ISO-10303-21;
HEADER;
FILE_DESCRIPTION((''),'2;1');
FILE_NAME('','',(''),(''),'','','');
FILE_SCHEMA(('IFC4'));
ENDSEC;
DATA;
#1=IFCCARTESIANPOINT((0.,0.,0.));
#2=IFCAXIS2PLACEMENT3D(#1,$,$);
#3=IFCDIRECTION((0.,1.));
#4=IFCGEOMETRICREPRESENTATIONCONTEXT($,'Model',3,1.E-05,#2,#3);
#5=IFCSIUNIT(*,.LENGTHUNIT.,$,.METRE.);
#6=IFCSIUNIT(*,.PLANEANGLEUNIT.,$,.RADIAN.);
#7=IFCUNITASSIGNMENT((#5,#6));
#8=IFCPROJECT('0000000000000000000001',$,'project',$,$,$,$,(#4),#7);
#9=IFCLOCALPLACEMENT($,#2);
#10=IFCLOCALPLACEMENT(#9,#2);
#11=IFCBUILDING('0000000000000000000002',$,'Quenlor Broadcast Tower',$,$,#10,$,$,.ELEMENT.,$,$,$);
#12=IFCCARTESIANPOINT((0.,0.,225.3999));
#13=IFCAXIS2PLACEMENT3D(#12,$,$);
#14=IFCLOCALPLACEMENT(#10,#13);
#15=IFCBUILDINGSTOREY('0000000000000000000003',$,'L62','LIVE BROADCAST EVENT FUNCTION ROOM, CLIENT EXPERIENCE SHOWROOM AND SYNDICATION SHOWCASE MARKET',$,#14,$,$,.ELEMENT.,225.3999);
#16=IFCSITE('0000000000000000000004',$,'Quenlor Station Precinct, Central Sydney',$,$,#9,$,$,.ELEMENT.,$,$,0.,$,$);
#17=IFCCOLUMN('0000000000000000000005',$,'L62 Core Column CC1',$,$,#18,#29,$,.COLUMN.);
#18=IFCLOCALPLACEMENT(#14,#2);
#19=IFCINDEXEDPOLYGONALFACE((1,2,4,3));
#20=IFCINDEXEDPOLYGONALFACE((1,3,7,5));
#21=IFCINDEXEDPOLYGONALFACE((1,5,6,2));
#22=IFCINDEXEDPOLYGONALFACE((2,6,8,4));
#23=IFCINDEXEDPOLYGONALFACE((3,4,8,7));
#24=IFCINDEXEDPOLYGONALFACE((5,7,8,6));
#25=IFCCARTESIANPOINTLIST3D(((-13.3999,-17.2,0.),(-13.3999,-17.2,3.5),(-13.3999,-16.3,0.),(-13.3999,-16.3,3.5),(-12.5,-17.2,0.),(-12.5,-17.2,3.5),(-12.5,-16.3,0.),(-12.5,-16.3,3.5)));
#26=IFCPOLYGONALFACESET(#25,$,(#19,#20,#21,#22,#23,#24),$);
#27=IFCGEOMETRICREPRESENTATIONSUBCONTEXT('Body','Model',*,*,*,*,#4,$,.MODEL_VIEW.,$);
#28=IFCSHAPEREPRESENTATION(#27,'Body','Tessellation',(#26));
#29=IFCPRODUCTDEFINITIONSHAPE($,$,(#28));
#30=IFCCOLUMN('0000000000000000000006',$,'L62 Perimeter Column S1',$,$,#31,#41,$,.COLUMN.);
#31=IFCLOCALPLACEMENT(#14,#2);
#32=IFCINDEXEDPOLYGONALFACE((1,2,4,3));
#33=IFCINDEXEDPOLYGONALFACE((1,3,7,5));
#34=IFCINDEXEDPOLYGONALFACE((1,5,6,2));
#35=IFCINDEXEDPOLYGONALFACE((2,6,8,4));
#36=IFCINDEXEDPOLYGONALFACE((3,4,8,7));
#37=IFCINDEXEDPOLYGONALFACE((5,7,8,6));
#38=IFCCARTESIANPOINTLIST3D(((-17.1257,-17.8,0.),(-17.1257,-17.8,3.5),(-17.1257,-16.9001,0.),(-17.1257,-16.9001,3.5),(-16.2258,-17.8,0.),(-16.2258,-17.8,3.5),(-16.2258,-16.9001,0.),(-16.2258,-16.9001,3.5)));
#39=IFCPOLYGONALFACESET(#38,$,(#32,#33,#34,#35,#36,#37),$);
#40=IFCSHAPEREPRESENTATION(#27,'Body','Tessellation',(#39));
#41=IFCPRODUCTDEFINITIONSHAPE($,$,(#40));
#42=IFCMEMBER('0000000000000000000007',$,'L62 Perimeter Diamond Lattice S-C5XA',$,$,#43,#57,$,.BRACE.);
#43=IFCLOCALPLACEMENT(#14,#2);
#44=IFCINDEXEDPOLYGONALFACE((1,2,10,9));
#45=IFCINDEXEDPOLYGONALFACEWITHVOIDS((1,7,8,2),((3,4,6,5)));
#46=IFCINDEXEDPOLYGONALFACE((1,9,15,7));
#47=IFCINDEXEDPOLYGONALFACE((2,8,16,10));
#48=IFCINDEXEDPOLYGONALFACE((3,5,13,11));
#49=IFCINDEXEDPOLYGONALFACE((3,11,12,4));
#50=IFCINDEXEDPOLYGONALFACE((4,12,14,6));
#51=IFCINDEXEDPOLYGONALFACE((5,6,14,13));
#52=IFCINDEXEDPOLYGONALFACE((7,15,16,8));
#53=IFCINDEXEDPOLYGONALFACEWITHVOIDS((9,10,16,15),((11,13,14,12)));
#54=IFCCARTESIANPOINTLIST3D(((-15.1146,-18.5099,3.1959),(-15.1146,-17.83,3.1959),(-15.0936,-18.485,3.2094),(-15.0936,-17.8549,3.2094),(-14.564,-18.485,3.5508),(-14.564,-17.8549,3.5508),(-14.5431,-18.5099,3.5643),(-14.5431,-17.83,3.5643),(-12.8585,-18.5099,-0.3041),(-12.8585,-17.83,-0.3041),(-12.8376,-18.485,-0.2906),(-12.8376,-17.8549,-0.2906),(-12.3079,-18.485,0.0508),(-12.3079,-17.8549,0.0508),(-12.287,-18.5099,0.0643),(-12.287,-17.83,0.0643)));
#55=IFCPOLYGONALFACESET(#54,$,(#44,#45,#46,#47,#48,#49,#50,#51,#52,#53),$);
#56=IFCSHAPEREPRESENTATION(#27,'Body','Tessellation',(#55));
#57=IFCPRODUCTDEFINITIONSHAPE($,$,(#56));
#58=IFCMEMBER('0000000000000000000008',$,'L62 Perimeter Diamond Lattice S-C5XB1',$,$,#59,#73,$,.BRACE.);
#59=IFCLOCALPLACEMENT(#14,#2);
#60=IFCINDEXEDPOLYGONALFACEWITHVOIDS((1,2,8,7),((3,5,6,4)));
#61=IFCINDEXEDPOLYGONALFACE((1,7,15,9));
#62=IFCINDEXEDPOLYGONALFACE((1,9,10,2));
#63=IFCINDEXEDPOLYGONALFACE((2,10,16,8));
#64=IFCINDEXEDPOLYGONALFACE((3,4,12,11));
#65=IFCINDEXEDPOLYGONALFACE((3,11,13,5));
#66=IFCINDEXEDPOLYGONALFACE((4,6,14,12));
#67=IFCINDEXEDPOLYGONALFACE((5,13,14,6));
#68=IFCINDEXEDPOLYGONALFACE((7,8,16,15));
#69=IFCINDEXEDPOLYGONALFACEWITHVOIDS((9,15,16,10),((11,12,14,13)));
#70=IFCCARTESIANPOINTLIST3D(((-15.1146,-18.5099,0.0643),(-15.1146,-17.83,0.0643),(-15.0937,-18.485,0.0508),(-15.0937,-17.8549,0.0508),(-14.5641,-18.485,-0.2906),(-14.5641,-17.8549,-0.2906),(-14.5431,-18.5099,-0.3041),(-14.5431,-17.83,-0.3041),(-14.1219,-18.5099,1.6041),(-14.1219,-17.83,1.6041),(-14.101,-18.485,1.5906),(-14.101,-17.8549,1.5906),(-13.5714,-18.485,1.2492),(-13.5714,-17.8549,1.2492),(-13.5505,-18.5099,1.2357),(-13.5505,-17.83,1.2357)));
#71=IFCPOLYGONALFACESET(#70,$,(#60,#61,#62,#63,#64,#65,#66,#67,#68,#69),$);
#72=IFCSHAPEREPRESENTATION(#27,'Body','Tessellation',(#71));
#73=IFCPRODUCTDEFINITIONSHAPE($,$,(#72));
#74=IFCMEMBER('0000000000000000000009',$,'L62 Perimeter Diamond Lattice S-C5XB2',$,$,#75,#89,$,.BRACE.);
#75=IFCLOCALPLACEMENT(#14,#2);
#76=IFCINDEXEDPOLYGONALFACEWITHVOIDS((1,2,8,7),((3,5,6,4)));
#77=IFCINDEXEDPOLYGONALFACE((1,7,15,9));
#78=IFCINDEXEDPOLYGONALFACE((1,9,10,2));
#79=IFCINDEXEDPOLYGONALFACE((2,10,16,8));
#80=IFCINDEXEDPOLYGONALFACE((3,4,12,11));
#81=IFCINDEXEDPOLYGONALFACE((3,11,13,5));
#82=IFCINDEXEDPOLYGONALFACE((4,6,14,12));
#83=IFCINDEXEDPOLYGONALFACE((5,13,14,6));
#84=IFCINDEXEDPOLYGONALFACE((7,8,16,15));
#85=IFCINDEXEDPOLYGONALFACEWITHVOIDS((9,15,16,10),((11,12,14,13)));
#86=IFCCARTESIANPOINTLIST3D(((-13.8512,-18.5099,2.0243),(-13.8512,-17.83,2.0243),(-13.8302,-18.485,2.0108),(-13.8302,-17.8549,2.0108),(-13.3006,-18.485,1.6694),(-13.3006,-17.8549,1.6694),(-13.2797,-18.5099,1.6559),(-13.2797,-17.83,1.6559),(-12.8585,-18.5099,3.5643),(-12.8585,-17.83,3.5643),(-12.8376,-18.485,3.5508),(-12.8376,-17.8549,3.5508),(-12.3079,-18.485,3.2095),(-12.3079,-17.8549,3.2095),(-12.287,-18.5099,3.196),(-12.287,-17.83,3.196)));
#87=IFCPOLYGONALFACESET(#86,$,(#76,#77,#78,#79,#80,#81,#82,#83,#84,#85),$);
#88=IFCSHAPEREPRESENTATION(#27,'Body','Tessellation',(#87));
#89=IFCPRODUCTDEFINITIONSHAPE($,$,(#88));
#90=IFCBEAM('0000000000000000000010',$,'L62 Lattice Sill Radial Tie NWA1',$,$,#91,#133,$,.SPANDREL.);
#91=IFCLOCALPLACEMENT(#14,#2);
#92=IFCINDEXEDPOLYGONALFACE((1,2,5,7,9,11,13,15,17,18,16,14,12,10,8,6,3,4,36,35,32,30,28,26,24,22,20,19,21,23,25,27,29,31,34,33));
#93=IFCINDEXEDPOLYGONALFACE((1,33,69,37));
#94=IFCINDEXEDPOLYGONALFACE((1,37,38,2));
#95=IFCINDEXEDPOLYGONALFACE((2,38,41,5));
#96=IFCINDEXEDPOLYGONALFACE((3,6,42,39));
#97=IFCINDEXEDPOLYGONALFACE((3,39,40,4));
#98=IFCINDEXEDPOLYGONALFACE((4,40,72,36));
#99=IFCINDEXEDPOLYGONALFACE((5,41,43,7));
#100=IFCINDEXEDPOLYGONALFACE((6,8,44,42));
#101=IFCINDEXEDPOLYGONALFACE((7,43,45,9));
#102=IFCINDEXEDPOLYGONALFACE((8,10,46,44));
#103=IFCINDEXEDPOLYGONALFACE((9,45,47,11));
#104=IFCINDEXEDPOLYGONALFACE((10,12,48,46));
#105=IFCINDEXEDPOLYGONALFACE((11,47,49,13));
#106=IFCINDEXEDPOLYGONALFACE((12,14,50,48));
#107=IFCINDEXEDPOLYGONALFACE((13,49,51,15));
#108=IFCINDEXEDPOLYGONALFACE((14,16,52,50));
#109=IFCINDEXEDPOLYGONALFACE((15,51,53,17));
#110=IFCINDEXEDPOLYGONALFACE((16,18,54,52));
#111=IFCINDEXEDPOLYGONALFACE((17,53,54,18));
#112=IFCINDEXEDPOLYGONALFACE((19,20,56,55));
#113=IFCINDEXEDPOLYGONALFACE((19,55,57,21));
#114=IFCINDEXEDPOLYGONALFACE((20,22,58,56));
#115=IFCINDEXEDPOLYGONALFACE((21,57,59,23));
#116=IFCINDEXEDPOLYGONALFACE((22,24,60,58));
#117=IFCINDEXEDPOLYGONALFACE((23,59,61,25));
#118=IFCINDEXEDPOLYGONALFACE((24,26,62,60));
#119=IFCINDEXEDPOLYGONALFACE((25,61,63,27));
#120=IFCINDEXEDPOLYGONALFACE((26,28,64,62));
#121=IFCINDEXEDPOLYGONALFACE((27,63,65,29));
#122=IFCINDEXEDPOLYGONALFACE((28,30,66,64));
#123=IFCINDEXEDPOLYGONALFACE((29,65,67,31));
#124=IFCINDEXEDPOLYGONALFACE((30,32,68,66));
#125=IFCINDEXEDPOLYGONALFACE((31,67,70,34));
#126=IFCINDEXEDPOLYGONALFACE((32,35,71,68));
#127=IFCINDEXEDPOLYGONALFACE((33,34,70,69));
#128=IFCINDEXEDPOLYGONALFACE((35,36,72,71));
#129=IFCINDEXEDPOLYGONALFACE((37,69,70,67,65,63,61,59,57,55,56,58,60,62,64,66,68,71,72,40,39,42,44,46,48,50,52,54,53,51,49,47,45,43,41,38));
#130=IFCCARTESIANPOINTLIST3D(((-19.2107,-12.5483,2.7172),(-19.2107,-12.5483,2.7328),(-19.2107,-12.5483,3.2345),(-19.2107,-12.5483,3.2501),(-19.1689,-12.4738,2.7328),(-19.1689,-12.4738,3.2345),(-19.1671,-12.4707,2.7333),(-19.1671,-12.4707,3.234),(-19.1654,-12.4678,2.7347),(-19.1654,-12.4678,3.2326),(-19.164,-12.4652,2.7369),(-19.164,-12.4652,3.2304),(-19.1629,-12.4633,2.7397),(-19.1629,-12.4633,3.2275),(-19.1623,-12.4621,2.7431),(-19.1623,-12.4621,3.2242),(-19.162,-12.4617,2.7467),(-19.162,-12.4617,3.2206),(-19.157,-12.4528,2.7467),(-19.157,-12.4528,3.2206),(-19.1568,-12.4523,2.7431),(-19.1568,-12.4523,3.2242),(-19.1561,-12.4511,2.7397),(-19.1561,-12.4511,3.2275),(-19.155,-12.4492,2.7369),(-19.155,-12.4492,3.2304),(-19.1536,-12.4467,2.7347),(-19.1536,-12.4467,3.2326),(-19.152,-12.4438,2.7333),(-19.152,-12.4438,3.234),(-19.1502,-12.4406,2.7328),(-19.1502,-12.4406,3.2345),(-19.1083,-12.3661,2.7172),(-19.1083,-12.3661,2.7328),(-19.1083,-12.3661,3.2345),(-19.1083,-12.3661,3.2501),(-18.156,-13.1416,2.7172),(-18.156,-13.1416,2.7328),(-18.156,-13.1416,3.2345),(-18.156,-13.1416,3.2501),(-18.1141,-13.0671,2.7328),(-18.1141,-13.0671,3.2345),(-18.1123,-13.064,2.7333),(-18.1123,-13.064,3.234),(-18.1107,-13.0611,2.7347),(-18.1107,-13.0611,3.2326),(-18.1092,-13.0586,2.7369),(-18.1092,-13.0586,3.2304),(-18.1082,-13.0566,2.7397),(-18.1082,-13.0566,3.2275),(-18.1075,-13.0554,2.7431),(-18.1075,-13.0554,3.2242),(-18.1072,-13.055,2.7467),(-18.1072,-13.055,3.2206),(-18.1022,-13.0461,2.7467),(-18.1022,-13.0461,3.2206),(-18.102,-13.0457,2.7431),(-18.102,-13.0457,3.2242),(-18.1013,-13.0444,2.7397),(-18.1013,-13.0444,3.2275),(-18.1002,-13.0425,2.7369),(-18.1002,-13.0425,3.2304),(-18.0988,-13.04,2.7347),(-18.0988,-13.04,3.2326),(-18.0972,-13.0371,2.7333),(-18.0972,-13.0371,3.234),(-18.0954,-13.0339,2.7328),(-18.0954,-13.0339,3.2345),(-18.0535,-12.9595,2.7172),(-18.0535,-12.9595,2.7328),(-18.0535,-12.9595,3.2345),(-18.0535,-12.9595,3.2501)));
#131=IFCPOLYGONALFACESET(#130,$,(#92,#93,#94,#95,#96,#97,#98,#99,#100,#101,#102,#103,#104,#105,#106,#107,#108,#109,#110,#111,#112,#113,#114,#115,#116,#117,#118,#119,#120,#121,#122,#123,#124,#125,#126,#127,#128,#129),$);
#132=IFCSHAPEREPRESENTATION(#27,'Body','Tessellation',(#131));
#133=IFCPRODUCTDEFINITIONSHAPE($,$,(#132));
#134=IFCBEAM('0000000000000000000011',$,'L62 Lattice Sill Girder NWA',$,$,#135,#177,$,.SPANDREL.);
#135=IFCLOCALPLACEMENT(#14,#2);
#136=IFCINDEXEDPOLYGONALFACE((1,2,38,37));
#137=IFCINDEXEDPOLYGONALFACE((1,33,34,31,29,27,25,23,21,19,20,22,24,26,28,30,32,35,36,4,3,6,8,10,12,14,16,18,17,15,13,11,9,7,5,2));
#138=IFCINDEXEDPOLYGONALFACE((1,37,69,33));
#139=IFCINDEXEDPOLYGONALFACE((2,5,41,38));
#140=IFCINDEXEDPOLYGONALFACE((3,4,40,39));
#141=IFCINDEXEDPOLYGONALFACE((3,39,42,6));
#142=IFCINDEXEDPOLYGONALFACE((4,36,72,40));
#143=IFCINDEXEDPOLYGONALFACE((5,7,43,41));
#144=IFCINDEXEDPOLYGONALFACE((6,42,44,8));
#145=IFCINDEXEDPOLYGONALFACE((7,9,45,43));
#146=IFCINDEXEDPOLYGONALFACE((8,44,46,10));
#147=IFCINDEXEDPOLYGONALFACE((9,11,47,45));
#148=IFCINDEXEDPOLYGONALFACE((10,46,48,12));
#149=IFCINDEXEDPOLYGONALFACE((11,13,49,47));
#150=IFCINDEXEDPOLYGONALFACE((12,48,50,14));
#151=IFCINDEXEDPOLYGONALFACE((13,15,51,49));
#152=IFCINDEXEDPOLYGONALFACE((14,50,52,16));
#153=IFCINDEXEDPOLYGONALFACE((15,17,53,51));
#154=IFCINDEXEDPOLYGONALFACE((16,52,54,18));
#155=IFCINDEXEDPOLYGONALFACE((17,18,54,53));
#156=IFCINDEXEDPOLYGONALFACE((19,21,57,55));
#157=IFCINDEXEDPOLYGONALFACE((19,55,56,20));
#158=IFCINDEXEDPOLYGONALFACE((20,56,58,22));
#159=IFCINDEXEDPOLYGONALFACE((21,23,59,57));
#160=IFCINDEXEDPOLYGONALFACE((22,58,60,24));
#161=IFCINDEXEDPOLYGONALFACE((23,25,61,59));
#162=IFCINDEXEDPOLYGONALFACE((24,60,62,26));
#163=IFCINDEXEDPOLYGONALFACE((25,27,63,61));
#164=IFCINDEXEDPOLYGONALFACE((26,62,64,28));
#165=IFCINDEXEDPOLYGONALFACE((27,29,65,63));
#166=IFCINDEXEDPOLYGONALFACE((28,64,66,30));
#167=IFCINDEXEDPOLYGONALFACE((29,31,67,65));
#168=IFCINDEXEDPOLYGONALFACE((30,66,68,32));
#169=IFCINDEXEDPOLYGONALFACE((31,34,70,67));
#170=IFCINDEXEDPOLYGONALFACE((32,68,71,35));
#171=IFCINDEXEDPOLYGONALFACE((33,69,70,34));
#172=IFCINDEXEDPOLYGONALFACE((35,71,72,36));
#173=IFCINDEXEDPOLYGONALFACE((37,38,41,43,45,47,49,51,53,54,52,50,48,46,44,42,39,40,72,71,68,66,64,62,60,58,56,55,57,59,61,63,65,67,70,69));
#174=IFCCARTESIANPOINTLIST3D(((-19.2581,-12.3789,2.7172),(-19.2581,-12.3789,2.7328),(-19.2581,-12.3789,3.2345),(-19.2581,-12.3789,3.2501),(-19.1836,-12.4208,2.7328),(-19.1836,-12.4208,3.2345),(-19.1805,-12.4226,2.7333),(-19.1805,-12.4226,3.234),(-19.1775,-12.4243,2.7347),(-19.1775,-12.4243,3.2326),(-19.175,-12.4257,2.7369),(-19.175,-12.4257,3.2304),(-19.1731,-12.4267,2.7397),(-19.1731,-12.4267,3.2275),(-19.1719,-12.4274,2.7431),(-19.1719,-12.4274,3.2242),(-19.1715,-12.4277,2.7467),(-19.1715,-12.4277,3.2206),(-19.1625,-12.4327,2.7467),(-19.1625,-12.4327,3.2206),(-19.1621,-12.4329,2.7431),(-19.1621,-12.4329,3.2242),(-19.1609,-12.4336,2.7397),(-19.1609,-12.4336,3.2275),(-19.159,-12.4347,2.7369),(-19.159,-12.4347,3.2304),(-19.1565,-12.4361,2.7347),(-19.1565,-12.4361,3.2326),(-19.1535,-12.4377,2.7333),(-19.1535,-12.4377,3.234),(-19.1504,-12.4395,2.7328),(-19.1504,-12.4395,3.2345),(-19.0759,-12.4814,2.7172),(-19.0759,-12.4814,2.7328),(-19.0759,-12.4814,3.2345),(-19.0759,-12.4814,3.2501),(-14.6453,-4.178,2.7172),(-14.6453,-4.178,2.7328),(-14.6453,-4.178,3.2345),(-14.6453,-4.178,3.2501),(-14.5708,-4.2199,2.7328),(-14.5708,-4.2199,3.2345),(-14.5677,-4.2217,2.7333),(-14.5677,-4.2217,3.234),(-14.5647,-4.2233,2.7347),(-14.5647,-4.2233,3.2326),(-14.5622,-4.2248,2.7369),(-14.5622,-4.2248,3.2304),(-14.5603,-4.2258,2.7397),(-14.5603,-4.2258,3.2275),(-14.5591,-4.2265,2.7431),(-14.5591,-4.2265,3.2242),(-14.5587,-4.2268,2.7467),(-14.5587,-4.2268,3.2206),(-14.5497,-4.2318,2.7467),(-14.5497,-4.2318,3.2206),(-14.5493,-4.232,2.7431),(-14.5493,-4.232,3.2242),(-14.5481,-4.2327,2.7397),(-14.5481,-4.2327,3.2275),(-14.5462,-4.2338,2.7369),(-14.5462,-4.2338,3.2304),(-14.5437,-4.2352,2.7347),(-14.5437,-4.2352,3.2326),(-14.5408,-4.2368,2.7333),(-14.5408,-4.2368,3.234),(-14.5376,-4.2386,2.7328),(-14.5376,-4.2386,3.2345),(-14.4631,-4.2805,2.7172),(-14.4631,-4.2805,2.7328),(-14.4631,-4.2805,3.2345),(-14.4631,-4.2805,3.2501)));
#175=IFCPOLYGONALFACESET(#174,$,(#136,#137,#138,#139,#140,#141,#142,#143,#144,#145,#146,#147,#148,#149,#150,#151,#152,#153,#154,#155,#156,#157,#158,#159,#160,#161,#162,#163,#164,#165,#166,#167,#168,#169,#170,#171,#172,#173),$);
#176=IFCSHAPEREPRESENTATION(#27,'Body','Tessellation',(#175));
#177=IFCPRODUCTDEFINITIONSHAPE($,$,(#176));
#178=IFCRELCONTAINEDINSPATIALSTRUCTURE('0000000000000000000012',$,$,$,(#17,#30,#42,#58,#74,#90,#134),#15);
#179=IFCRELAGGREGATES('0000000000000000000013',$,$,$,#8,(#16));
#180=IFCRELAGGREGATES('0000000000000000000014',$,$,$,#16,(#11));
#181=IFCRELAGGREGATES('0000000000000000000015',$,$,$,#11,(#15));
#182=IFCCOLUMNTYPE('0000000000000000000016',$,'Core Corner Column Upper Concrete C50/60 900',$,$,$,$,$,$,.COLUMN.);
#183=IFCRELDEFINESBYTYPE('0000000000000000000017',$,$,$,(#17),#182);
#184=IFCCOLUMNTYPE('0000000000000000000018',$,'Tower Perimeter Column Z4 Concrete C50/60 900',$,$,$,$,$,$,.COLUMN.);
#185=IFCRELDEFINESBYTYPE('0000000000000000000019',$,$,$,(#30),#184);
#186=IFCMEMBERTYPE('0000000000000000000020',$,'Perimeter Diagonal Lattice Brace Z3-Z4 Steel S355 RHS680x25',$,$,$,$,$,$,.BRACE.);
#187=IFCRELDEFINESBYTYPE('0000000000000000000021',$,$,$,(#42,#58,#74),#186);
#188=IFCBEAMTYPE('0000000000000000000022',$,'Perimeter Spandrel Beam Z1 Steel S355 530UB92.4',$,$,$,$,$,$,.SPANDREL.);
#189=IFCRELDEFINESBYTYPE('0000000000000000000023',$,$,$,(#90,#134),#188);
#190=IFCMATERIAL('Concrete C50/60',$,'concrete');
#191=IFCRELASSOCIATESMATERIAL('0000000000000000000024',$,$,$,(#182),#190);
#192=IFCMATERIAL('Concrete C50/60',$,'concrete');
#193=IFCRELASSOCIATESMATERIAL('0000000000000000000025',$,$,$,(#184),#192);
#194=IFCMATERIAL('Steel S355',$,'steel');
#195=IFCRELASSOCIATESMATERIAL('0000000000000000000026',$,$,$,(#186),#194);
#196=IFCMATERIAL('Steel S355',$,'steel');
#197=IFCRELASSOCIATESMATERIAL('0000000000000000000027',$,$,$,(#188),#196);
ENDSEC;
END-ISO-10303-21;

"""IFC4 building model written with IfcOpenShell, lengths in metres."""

from ifc_helpers import new_model, si_unit, direction, frame, origin, origin_2d, place, context, subcontext, project, spatial, rectangle, hollow_rectangle, i_section, extrude, material, material_profile, profile_set, type_object, element, save


model = new_model("IFC4")

# Units and contexts
model_context = context("Model", 3, precision=1e-05, world=origin(), true_north=direction((0.0, 1.0)))
body_context = subcontext(model_context, "Body", "Model", "MODEL_VIEW")
ifc_project = project(units=[si_unit("LENGTHUNIT", "METRE"), si_unit("PLANEANGLEUNIT", "RADIAN")], contexts=[model_context])

# Site, building, storey
site_placement = place(None, origin())
site = spatial("IfcSite", under=ifc_project, at=site_placement, Name="Quenlor Station Precinct, Central Sydney", CompositionType="ELEMENT", RefElevation=0.0)
building_placement = place(site_placement, origin())
building = spatial("IfcBuilding", under=site, at=building_placement, Name="Quenlor Broadcast Tower", CompositionType="ELEMENT")
storey_placement = place(building_placement, frame((0.0, 0.0, 225.3999)))
storey = spatial("IfcBuildingStorey", under=building, at=storey_placement, Name="L62", Description="LIVE BROADCAST EVENT FUNCTION ROOM, CLIENT EXPERIENCE SHOWROOM AND SYNDICATION SHOWCASE MARKET", CompositionType="ELEMENT", Elevation=225.3999)

# Columns
ifc_material_1 = material(Name="Concrete C50/60", Category="concrete")
ifc_material_profile_1 = material_profile(ifc_material_1, rectangle(XDim=0.8999, YDim=0.8999, at=origin_2d()))
ifc_profile_set_1 = profile_set([ifc_material_profile_1], Name="Concrete C50/60 RC900x900")
column_type_1 = type_object("IfcColumnType", Name="Core Corner Column Upper Concrete C50/60 900", PredefinedType="COLUMN", material=ifc_profile_set_1)
column_1_placement = place(storey_placement, frame((-12.95, -16.75, 0.0), z_axis=(0.0, 0.0, 1.0), x_axis=(1.0, 0.0, 0.0)))
element("IfcColumn", 1, at=column_1_placement, inside=storey, type_object=column_type_1, Name="L62 Core Column CC1", PredefinedType="COLUMN", context=body_context, shape_type="SweptSolid", body=[
    extrude(rectangle(XDim=0.8999, YDim=0.8999, at=origin_2d()), origin(), (0.0, 0.0, 1.0), 3.5),
])
ifc_material_2 = material(Name="Concrete C50/60", Category="concrete")
ifc_material_profile_2 = material_profile(ifc_material_2, rectangle(XDim=0.8999, YDim=0.8999, at=origin_2d()))
ifc_profile_set_2 = profile_set([ifc_material_profile_2], Name="Concrete C50/60 RC900x900")
column_type_2 = type_object("IfcColumnType", Name="Tower Perimeter Column Z4 Concrete C50/60 900", PredefinedType="COLUMN", material=ifc_profile_set_2)
column_2_placement = place(storey_placement, frame((-16.6758, -17.3501, 0.0), z_axis=(0.0, 0.0, 1.0), x_axis=(0.0, 1.0, 0.0)))
element("IfcColumn", 2, at=column_2_placement, inside=storey, type_object=column_type_2, Name="L62 Perimeter Column S1", PredefinedType="COLUMN", context=body_context, shape_type="SweptSolid", body=[
    extrude(rectangle(XDim=0.8999, YDim=0.8999, at=origin_2d()), origin(), (0.0, 0.0, 1.0), 3.5),
])

# Members
ifc_material_3 = material(Name="Steel S355", Category="steel")
ifc_material_profile_3 = material_profile(ifc_material_3, hollow_rectangle(XDim=0.6799, YDim=0.6799, WallThickness=0.0249, at=origin_2d()))
ifc_profile_set_3 = profile_set([ifc_material_profile_3], Name="Steel S355 RHS680x680x25")
member_type = type_object("IfcMemberType", Name="Perimeter Diagonal Lattice Brace Z3-Z4 Steel S355 RHS680x25", PredefinedType="BRACE", material=ifc_profile_set_3)
member_1_placement = place(storey_placement, frame((-12.5728, -18.1699, -0.1199), z_axis=(-0.541794, 0.0, 0.840511), x_axis=(0.0, -1.0, 0.0)))
element("IfcMember", 3, at=member_1_placement, inside=storey, type_object=member_type, Name="L62 Perimeter Diamond Lattice S-C5XA", PredefinedType="BRACE", context=body_context, shape_type="SweptSolid", body=[
    extrude(hollow_rectangle(XDim=0.6799, YDim=0.6799, WallThickness=0.0249, at=origin_2d()), origin(), (0.0, 0.0, 1.0), 4.1641),
])
member_2_placement = place(storey_placement, frame((-14.8289, -18.1699, -0.1199), z_axis=(0.541842, 0.0, 0.840481), x_axis=(0.0, 1.0, 0.0)))
element("IfcMember", 4, at=member_2_placement, inside=storey, type_object=member_type, Name="L62 Perimeter Diamond Lattice S-C5XB1", PredefinedType="BRACE", context=body_context, shape_type="SweptSolid", body=[
    extrude(hollow_rectangle(XDim=0.6799, YDim=0.6799, WallThickness=0.0249, at=origin_2d()), origin(), (0.0, 0.0, 1.0), 1.832),
])
member_3_placement = place(storey_placement, frame((-13.5654, -18.1699, 1.8401), z_axis=(0.541781, 0.0, 0.84052), x_axis=(0.0, 1.0, 0.0)))
element("IfcMember", 5, at=member_3_placement, inside=storey, type_object=member_type, Name="L62 Perimeter Diamond Lattice S-C5XB2", PredefinedType="BRACE", context=body_context, shape_type="SweptSolid", body=[
    extrude(hollow_rectangle(XDim=0.6799, YDim=0.6799, WallThickness=0.0249, at=origin_2d()), origin(), (0.0, 0.0, 1.0), 1.8323),
])

# Beams
ifc_material_4 = material(Name="Steel S355", Category="steel")
ifc_material_profile_4 = material_profile(ifc_material_4, i_section(OverallWidth=0.209, OverallDepth=0.533, WebThickness=0.0103, FlangeThickness=0.0156, FilletRadius=0.0139, at=origin_2d()))
ifc_profile_set_4 = profile_set([ifc_material_profile_4], Name="Steel S355 530UB92.4")
beam_type_1 = type_object("IfcBeamType", Name="Perimeter Spandrel Beam Z1 Steel S355 530UB92.4", PredefinedType="SPANDREL", material=ifc_profile_set_4)
beam_1_placement = place(storey_placement, frame((-18.1047, -13.0505, 2.9836), z_axis=(-0.871576, 0.490261, 0.0), x_axis=(-0.490261, -0.871576, 0.0)))
element("IfcBeam", 6, at=beam_1_placement, inside=storey, type_object=beam_type_1, Name="L62 Lattice Sill Radial Tie NWA1", PredefinedType="SPANDREL", context=body_context, shape_type="SweptSolid", body=[
    extrude(i_section(OverallWidth=0.209, OverallDepth=0.533, WebThickness=0.0103, FlangeThickness=0.0156, FilletRadius=0.0139, at=origin_2d()), origin(), (0.0, 0.0, 1.0), 1.2102),
])
beam_2_placement = place(storey_placement, frame((-19.167, -12.4302, 2.9836), z_axis=(0.490243, 0.871586, 0.0), x_axis=(-0.871586, 0.490243, 0.0)))
element("IfcBeam", 7, at=beam_2_placement, inside=storey, type_object=beam_type_1, Name="L62 Lattice Sill Girder NWA", PredefinedType="SPANDREL", context=body_context, shape_type="SweptSolid", body=[
    extrude(i_section(OverallWidth=0.209, OverallDepth=0.533, WebThickness=0.0103, FlangeThickness=0.0156, FilletRadius=0.0139, at=origin_2d()), origin(), (0.0, 0.0, 1.0), 9.4092),
])

save(model, "model.ifc")
